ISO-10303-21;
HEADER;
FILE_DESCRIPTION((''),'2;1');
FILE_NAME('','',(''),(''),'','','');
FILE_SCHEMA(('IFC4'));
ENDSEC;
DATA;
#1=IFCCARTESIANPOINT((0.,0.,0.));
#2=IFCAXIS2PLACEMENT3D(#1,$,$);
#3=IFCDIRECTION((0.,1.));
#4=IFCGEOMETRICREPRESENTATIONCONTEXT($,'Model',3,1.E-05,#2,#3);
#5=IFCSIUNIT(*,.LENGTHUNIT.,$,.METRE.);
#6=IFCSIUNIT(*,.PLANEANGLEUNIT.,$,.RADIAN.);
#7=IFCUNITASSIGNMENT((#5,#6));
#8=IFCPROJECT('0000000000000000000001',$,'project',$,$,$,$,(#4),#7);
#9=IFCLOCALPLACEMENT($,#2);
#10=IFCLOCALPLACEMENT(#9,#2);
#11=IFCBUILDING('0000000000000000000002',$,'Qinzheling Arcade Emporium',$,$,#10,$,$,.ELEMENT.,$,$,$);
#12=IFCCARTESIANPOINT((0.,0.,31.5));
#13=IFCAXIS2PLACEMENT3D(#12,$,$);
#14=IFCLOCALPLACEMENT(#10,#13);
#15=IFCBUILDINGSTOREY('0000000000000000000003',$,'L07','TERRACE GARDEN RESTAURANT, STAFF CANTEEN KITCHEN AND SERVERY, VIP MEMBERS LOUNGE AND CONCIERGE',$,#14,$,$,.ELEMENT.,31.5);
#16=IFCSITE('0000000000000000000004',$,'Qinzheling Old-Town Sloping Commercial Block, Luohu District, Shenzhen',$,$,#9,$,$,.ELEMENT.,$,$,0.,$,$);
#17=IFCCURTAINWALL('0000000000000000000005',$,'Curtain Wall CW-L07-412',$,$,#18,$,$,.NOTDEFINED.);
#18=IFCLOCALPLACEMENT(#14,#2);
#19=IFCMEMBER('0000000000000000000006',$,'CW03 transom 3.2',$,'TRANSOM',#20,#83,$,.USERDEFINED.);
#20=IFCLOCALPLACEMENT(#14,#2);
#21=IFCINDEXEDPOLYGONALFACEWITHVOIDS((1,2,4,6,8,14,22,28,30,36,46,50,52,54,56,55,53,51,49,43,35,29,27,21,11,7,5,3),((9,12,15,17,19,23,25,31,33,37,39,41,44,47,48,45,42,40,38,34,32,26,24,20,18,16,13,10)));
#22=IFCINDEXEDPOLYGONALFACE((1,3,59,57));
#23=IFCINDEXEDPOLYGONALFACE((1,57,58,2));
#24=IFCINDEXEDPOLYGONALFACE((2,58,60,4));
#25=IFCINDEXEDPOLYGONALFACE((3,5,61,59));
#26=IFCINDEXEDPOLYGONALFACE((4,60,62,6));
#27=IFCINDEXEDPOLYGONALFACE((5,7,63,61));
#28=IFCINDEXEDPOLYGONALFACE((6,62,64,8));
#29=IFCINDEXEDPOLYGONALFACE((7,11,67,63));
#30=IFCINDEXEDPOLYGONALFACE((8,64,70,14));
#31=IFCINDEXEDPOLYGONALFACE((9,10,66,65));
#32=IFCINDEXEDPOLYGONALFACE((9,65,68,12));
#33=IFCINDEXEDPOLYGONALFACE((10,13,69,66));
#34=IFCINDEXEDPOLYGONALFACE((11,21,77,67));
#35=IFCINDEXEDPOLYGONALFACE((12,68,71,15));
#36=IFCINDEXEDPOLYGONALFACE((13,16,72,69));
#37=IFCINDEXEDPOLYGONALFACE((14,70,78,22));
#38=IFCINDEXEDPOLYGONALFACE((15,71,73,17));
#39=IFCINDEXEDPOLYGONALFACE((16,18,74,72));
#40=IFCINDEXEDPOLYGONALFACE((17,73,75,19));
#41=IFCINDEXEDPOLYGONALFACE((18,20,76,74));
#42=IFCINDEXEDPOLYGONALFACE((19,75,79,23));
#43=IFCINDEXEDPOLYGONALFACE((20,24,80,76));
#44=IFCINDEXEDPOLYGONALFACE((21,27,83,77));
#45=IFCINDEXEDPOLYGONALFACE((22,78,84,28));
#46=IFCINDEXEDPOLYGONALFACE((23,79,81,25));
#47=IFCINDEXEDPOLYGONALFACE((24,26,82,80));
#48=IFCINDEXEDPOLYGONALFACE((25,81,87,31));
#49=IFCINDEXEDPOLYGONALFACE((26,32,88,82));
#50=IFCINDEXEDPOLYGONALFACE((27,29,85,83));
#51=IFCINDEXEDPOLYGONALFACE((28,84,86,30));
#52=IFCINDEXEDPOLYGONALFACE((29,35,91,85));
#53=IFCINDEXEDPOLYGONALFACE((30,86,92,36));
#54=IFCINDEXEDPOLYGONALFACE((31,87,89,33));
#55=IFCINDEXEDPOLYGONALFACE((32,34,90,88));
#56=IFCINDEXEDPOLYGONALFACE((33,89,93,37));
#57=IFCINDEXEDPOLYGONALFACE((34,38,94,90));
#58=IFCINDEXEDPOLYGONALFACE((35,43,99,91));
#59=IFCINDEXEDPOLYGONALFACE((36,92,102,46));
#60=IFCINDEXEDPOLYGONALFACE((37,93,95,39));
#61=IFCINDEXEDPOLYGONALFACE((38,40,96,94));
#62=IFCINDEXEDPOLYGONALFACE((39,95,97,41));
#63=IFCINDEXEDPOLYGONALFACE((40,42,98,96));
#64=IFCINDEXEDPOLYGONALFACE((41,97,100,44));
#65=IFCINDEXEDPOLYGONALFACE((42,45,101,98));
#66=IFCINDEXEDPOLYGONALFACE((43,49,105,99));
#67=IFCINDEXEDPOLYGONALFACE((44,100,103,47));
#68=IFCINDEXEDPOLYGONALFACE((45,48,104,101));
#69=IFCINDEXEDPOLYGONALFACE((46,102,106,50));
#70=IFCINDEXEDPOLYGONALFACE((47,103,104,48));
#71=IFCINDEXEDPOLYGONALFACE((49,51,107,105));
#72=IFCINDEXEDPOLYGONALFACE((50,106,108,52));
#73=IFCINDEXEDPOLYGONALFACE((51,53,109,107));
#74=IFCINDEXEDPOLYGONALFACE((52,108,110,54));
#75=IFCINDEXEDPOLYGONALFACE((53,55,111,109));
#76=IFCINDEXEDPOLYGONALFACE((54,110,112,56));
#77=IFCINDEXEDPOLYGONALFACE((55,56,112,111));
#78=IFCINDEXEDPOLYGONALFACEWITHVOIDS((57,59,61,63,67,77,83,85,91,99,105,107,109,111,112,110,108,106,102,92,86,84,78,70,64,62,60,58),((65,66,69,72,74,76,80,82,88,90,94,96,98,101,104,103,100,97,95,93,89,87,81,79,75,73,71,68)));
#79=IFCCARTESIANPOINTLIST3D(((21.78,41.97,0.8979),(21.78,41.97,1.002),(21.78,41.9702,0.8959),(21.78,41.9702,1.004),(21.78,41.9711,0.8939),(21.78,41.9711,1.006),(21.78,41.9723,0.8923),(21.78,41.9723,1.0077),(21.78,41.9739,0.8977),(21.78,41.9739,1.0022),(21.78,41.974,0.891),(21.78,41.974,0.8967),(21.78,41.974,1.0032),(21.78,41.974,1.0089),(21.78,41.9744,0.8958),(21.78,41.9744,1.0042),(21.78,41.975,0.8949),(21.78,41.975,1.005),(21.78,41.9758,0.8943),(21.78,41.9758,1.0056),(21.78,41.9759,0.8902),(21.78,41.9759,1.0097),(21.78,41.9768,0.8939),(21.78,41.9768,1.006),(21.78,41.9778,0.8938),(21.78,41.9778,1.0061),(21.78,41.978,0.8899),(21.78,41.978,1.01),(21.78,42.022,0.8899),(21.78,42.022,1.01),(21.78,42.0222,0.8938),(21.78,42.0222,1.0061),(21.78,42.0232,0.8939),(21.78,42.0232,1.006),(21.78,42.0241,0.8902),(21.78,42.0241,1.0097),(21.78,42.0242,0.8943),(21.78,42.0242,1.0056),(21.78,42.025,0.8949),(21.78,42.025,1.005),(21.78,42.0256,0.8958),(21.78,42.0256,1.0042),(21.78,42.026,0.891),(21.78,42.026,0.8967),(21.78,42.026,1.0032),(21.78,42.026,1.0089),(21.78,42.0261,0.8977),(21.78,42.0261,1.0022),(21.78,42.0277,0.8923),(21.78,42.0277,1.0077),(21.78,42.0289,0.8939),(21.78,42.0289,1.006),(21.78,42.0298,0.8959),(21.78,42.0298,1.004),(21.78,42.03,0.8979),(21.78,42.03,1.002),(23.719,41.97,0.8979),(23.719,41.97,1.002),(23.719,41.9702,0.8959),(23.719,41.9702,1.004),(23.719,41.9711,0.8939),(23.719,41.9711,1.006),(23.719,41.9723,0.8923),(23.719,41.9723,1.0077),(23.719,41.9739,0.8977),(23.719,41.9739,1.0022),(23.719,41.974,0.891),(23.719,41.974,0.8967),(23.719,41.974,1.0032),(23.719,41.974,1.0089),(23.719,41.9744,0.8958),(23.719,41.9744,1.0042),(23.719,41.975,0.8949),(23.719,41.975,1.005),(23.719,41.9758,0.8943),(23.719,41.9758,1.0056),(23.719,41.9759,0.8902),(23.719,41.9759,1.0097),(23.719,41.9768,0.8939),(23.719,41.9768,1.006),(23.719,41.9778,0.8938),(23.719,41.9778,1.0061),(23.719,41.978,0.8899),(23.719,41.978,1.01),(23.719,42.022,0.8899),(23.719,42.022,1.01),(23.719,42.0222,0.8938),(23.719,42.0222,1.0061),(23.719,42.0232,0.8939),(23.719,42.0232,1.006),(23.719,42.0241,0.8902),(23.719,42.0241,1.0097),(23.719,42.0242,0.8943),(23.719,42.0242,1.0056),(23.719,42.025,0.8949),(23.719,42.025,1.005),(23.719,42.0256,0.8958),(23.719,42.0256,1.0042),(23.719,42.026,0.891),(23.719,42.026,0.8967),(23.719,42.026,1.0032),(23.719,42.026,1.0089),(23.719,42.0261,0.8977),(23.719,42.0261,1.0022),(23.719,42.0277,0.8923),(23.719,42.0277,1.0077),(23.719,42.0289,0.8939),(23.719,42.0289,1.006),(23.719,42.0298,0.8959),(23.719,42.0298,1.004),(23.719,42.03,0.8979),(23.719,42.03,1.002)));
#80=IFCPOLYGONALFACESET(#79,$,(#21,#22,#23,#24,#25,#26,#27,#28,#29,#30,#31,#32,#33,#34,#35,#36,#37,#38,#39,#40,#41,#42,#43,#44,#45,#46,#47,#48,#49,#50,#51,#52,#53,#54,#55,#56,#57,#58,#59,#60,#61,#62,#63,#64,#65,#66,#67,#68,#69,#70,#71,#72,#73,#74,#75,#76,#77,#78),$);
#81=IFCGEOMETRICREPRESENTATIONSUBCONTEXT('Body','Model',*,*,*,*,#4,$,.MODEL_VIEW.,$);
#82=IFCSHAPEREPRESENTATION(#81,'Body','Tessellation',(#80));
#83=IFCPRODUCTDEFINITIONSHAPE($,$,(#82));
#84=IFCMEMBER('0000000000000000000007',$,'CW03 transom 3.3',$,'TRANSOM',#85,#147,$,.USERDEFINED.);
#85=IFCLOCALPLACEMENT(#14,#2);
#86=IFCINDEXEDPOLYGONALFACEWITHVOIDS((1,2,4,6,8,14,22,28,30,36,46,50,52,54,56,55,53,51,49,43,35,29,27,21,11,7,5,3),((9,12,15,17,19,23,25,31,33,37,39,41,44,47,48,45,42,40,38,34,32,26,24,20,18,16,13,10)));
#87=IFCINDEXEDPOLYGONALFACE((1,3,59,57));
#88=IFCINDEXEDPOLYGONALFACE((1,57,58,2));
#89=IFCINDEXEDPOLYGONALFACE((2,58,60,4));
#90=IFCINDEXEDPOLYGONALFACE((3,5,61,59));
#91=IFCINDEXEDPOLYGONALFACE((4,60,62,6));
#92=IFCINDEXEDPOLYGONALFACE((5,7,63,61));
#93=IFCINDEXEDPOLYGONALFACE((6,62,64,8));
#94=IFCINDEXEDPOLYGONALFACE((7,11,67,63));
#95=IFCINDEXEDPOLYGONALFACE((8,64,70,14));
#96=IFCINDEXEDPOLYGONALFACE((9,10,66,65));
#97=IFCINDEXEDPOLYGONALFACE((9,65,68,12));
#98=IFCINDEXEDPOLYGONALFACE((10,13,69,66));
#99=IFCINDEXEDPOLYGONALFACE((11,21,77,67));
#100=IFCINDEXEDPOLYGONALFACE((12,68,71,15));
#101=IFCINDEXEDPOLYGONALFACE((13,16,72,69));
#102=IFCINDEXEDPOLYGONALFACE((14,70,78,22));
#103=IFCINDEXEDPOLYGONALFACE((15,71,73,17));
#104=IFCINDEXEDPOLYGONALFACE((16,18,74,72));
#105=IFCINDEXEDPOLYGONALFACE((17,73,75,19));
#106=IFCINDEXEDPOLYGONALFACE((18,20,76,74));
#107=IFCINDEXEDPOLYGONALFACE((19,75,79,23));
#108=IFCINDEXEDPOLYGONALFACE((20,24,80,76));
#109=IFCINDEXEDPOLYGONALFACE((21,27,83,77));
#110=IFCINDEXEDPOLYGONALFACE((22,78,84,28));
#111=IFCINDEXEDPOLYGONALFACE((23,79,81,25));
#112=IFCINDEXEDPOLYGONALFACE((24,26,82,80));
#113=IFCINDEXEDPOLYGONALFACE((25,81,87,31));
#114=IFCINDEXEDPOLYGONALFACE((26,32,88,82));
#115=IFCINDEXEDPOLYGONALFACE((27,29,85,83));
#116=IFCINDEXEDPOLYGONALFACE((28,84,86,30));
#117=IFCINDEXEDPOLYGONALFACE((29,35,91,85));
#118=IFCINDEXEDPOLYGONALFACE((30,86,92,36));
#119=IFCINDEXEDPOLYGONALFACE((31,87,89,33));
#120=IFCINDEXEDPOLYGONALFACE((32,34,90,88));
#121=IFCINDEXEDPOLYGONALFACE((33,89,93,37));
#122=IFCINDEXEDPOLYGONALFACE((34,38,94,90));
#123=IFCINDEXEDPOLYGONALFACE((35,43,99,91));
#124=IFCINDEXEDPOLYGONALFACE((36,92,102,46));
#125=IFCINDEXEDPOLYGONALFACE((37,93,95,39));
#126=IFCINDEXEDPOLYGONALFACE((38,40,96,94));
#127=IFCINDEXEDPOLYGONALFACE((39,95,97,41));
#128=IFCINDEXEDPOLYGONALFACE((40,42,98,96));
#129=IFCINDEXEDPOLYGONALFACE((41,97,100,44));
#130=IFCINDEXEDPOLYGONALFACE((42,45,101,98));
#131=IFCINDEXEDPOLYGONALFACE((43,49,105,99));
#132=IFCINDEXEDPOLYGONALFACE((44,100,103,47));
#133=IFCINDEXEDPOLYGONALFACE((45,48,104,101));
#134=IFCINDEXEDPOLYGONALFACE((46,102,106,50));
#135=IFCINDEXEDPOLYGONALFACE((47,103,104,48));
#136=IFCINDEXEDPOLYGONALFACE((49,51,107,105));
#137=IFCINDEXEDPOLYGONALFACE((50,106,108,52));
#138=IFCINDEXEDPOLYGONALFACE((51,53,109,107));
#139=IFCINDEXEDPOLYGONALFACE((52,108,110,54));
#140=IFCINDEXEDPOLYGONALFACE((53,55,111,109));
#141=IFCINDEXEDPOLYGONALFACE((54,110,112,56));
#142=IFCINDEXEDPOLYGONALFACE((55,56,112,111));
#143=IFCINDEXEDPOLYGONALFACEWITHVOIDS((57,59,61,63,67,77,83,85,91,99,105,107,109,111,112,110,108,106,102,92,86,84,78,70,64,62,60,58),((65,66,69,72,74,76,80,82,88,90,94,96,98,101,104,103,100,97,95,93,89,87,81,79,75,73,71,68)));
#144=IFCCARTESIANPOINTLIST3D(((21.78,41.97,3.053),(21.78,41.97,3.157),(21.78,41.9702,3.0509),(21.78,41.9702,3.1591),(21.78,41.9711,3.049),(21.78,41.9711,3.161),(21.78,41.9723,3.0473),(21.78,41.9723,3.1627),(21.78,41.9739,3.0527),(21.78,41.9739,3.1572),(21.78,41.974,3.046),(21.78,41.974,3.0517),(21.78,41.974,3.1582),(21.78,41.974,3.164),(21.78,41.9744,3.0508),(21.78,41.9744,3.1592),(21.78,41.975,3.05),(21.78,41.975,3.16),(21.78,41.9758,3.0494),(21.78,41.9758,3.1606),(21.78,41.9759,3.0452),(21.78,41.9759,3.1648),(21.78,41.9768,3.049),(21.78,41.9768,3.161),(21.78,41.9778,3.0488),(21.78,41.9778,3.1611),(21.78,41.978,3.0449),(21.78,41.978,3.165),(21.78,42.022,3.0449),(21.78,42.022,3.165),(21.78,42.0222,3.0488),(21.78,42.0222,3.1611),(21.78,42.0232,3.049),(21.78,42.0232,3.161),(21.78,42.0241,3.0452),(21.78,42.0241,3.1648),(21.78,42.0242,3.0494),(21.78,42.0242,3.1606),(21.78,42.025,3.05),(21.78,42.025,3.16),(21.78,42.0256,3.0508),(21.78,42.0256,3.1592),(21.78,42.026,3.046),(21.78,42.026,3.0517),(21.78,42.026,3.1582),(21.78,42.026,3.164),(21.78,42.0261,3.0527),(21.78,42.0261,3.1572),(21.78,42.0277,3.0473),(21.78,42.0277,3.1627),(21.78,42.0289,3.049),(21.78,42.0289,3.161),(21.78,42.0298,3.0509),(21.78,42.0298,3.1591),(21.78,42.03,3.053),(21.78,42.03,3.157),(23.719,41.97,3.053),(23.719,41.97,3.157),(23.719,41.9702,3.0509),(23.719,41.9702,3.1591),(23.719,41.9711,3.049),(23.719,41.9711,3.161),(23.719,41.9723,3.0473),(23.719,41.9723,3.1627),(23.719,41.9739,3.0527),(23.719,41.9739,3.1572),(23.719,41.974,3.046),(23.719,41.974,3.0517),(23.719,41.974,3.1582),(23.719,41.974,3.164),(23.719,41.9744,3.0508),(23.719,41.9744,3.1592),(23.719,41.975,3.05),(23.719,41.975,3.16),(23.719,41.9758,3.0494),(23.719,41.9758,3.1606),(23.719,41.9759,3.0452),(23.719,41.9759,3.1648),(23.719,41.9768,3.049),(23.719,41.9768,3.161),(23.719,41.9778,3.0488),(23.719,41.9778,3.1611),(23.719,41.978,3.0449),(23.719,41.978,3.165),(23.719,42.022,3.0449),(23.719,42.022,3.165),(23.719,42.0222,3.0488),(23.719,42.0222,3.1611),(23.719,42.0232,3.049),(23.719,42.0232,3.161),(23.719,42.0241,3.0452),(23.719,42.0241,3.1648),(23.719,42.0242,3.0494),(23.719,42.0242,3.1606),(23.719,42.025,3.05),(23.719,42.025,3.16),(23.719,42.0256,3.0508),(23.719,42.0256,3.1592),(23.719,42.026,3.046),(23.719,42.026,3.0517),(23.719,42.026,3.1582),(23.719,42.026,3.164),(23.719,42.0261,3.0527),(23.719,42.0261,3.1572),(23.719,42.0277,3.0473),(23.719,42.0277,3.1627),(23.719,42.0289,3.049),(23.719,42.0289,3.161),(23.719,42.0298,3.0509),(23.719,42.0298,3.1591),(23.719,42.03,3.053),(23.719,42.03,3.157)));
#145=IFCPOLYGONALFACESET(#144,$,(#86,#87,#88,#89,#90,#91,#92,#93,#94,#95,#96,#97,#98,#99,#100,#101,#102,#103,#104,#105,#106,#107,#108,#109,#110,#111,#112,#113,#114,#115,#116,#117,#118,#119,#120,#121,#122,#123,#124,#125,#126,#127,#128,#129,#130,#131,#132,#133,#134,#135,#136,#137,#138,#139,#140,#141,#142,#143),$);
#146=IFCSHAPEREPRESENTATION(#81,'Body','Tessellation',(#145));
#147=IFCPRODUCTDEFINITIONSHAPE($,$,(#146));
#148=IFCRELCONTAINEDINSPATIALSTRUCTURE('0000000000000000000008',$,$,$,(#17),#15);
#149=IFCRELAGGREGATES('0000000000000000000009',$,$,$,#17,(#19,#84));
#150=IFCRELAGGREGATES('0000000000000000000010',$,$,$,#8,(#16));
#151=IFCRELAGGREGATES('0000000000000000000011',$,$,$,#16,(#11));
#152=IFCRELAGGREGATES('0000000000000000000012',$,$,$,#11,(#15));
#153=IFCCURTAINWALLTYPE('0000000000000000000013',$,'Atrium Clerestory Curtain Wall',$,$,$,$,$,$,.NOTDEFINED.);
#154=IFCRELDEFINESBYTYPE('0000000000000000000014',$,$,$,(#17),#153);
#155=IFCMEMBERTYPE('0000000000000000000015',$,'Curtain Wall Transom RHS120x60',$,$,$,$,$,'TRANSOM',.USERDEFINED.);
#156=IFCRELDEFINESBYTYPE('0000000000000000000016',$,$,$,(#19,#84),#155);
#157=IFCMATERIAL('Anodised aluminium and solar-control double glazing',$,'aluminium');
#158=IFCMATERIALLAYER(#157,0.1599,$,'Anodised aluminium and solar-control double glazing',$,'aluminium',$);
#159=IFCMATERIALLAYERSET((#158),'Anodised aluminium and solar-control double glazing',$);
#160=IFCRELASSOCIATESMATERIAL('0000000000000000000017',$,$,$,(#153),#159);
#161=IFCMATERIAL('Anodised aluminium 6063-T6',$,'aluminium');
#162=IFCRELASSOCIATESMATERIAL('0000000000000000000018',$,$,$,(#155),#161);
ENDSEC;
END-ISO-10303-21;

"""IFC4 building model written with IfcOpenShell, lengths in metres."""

from ifc_helpers import new_model, si_unit, direction, frame, origin, origin_2d, place, context, subcontext, project, spatial, hollow_rectangle, extrude, material, layer, layer_set, material_profile, profile_set, type_object, element, aggregate, save


model = new_model("IFC4")

# Units and contexts
model_context = context("Model", 3, precision=1e-05, world=origin(), true_north=direction((0.0, 1.0)))
body_context = subcontext(model_context, "Body", "Model", "MODEL_VIEW")
ifc_project = project(units=[si_unit("LENGTHUNIT", "METRE"), si_unit("PLANEANGLEUNIT", "RADIAN")], contexts=[model_context])

# Site, building, storey
site_placement = place(None, origin())
site = spatial("IfcSite", under=ifc_project, at=site_placement, Name="Qinzheling Old-Town Sloping Commercial Block, Luohu District, Shenzhen", CompositionType="ELEMENT", RefElevation=0.0)
building_placement = place(site_placement, origin())
building = spatial("IfcBuilding", under=site, at=building_placement, Name="Qinzheling Arcade Emporium", CompositionType="ELEMENT")
storey_placement = place(building_placement, frame((0.0, 0.0, 31.5)))
storey = spatial("IfcBuildingStorey", under=building, at=storey_placement, Name="L07", Description="TERRACE GARDEN RESTAURANT, STAFF CANTEEN KITCHEN AND SERVERY, VIP MEMBERS LOUNGE AND CONCIERGE", CompositionType="ELEMENT", Elevation=31.5)

# Curtain wall, members
ifc_material_1 = material(Name="Anodised aluminium and solar-control double glazing", Category="aluminium")
ifc_layer_1 = layer(ifc_material_1, 0.1599, Name="Anodised aluminium and solar-control double glazing", Category="aluminium")
ifc_layer_set_1 = layer_set([ifc_layer_1], Name="Anodised aluminium and solar-control double glazing")
curtain_wall_type = type_object("IfcCurtainWallType", Name="Atrium Clerestory Curtain Wall", PredefinedType="NOTDEFINED", material=ifc_layer_set_1)
curtain_wall_placement = place(storey_placement, origin())
curtain_wall = element("IfcCurtainWall", 1, at=curtain_wall_placement, inside=storey, type_object=curtain_wall_type, Name="Curtain Wall CW-L07-412", PredefinedType="NOTDEFINED")
ifc_material_2 = material(Name="Anodised aluminium 6063-T6", Category="aluminium")
ifc_material_profile_1 = material_profile(ifc_material_2, hollow_rectangle(XDim=0.0601, YDim=0.1201, WallThickness=0.0039, InnerFilletRadius=0.0039, OuterFilletRadius=0.0081, at=origin_2d()), Name="RHS 120x60x4", Category="aluminium")
ifc_profile_set_1 = profile_set([ifc_material_profile_1], Name="Anodised aluminium 6063-T6")
member_type_1 = type_object("IfcMemberType", Name="Curtain Wall Transom RHS120x60", ElementType="TRANSOM", PredefinedType="USERDEFINED", material=ifc_profile_set_1)
member_1_placement = place(storey_placement, frame((21.78, 42.0, 0.95), z_axis=(1.0, 0.0, 0.0), x_axis=(0.0, 1.0, 0.0)))
member_1 = element("IfcMember", 2, at=member_1_placement, type_object=member_type_1, Name="CW03 transom 3.2", ObjectType="TRANSOM", PredefinedType="USERDEFINED", context=body_context, shape_type="SweptSolid", body=[
    extrude(hollow_rectangle(XDim=0.0601, YDim=0.1201, WallThickness=0.0039, InnerFilletRadius=0.0039, OuterFilletRadius=0.0081, at=origin_2d()), origin(), (0.0, 0.0, 1.0), 1.939),
])
member_2_placement = place(storey_placement, frame((21.78, 42.0, 3.105), z_axis=(1.0, 0.0, 0.0), x_axis=(0.0, 1.0, 0.0)))
member_2 = element("IfcMember", 3, at=member_2_placement, type_object=member_type_1, Name="CW03 transom 3.3", ObjectType="TRANSOM", PredefinedType="USERDEFINED", context=body_context, shape_type="SweptSolid", body=[
    extrude(hollow_rectangle(XDim=0.0601, YDim=0.1201, WallThickness=0.0039, InnerFilletRadius=0.0039, OuterFilletRadius=0.0081, at=origin_2d()), origin(), (0.0, 0.0, 1.0), 1.939),
])
aggregate(curtain_wall, [member_1, member_2])

save(model, "model.ifc")
